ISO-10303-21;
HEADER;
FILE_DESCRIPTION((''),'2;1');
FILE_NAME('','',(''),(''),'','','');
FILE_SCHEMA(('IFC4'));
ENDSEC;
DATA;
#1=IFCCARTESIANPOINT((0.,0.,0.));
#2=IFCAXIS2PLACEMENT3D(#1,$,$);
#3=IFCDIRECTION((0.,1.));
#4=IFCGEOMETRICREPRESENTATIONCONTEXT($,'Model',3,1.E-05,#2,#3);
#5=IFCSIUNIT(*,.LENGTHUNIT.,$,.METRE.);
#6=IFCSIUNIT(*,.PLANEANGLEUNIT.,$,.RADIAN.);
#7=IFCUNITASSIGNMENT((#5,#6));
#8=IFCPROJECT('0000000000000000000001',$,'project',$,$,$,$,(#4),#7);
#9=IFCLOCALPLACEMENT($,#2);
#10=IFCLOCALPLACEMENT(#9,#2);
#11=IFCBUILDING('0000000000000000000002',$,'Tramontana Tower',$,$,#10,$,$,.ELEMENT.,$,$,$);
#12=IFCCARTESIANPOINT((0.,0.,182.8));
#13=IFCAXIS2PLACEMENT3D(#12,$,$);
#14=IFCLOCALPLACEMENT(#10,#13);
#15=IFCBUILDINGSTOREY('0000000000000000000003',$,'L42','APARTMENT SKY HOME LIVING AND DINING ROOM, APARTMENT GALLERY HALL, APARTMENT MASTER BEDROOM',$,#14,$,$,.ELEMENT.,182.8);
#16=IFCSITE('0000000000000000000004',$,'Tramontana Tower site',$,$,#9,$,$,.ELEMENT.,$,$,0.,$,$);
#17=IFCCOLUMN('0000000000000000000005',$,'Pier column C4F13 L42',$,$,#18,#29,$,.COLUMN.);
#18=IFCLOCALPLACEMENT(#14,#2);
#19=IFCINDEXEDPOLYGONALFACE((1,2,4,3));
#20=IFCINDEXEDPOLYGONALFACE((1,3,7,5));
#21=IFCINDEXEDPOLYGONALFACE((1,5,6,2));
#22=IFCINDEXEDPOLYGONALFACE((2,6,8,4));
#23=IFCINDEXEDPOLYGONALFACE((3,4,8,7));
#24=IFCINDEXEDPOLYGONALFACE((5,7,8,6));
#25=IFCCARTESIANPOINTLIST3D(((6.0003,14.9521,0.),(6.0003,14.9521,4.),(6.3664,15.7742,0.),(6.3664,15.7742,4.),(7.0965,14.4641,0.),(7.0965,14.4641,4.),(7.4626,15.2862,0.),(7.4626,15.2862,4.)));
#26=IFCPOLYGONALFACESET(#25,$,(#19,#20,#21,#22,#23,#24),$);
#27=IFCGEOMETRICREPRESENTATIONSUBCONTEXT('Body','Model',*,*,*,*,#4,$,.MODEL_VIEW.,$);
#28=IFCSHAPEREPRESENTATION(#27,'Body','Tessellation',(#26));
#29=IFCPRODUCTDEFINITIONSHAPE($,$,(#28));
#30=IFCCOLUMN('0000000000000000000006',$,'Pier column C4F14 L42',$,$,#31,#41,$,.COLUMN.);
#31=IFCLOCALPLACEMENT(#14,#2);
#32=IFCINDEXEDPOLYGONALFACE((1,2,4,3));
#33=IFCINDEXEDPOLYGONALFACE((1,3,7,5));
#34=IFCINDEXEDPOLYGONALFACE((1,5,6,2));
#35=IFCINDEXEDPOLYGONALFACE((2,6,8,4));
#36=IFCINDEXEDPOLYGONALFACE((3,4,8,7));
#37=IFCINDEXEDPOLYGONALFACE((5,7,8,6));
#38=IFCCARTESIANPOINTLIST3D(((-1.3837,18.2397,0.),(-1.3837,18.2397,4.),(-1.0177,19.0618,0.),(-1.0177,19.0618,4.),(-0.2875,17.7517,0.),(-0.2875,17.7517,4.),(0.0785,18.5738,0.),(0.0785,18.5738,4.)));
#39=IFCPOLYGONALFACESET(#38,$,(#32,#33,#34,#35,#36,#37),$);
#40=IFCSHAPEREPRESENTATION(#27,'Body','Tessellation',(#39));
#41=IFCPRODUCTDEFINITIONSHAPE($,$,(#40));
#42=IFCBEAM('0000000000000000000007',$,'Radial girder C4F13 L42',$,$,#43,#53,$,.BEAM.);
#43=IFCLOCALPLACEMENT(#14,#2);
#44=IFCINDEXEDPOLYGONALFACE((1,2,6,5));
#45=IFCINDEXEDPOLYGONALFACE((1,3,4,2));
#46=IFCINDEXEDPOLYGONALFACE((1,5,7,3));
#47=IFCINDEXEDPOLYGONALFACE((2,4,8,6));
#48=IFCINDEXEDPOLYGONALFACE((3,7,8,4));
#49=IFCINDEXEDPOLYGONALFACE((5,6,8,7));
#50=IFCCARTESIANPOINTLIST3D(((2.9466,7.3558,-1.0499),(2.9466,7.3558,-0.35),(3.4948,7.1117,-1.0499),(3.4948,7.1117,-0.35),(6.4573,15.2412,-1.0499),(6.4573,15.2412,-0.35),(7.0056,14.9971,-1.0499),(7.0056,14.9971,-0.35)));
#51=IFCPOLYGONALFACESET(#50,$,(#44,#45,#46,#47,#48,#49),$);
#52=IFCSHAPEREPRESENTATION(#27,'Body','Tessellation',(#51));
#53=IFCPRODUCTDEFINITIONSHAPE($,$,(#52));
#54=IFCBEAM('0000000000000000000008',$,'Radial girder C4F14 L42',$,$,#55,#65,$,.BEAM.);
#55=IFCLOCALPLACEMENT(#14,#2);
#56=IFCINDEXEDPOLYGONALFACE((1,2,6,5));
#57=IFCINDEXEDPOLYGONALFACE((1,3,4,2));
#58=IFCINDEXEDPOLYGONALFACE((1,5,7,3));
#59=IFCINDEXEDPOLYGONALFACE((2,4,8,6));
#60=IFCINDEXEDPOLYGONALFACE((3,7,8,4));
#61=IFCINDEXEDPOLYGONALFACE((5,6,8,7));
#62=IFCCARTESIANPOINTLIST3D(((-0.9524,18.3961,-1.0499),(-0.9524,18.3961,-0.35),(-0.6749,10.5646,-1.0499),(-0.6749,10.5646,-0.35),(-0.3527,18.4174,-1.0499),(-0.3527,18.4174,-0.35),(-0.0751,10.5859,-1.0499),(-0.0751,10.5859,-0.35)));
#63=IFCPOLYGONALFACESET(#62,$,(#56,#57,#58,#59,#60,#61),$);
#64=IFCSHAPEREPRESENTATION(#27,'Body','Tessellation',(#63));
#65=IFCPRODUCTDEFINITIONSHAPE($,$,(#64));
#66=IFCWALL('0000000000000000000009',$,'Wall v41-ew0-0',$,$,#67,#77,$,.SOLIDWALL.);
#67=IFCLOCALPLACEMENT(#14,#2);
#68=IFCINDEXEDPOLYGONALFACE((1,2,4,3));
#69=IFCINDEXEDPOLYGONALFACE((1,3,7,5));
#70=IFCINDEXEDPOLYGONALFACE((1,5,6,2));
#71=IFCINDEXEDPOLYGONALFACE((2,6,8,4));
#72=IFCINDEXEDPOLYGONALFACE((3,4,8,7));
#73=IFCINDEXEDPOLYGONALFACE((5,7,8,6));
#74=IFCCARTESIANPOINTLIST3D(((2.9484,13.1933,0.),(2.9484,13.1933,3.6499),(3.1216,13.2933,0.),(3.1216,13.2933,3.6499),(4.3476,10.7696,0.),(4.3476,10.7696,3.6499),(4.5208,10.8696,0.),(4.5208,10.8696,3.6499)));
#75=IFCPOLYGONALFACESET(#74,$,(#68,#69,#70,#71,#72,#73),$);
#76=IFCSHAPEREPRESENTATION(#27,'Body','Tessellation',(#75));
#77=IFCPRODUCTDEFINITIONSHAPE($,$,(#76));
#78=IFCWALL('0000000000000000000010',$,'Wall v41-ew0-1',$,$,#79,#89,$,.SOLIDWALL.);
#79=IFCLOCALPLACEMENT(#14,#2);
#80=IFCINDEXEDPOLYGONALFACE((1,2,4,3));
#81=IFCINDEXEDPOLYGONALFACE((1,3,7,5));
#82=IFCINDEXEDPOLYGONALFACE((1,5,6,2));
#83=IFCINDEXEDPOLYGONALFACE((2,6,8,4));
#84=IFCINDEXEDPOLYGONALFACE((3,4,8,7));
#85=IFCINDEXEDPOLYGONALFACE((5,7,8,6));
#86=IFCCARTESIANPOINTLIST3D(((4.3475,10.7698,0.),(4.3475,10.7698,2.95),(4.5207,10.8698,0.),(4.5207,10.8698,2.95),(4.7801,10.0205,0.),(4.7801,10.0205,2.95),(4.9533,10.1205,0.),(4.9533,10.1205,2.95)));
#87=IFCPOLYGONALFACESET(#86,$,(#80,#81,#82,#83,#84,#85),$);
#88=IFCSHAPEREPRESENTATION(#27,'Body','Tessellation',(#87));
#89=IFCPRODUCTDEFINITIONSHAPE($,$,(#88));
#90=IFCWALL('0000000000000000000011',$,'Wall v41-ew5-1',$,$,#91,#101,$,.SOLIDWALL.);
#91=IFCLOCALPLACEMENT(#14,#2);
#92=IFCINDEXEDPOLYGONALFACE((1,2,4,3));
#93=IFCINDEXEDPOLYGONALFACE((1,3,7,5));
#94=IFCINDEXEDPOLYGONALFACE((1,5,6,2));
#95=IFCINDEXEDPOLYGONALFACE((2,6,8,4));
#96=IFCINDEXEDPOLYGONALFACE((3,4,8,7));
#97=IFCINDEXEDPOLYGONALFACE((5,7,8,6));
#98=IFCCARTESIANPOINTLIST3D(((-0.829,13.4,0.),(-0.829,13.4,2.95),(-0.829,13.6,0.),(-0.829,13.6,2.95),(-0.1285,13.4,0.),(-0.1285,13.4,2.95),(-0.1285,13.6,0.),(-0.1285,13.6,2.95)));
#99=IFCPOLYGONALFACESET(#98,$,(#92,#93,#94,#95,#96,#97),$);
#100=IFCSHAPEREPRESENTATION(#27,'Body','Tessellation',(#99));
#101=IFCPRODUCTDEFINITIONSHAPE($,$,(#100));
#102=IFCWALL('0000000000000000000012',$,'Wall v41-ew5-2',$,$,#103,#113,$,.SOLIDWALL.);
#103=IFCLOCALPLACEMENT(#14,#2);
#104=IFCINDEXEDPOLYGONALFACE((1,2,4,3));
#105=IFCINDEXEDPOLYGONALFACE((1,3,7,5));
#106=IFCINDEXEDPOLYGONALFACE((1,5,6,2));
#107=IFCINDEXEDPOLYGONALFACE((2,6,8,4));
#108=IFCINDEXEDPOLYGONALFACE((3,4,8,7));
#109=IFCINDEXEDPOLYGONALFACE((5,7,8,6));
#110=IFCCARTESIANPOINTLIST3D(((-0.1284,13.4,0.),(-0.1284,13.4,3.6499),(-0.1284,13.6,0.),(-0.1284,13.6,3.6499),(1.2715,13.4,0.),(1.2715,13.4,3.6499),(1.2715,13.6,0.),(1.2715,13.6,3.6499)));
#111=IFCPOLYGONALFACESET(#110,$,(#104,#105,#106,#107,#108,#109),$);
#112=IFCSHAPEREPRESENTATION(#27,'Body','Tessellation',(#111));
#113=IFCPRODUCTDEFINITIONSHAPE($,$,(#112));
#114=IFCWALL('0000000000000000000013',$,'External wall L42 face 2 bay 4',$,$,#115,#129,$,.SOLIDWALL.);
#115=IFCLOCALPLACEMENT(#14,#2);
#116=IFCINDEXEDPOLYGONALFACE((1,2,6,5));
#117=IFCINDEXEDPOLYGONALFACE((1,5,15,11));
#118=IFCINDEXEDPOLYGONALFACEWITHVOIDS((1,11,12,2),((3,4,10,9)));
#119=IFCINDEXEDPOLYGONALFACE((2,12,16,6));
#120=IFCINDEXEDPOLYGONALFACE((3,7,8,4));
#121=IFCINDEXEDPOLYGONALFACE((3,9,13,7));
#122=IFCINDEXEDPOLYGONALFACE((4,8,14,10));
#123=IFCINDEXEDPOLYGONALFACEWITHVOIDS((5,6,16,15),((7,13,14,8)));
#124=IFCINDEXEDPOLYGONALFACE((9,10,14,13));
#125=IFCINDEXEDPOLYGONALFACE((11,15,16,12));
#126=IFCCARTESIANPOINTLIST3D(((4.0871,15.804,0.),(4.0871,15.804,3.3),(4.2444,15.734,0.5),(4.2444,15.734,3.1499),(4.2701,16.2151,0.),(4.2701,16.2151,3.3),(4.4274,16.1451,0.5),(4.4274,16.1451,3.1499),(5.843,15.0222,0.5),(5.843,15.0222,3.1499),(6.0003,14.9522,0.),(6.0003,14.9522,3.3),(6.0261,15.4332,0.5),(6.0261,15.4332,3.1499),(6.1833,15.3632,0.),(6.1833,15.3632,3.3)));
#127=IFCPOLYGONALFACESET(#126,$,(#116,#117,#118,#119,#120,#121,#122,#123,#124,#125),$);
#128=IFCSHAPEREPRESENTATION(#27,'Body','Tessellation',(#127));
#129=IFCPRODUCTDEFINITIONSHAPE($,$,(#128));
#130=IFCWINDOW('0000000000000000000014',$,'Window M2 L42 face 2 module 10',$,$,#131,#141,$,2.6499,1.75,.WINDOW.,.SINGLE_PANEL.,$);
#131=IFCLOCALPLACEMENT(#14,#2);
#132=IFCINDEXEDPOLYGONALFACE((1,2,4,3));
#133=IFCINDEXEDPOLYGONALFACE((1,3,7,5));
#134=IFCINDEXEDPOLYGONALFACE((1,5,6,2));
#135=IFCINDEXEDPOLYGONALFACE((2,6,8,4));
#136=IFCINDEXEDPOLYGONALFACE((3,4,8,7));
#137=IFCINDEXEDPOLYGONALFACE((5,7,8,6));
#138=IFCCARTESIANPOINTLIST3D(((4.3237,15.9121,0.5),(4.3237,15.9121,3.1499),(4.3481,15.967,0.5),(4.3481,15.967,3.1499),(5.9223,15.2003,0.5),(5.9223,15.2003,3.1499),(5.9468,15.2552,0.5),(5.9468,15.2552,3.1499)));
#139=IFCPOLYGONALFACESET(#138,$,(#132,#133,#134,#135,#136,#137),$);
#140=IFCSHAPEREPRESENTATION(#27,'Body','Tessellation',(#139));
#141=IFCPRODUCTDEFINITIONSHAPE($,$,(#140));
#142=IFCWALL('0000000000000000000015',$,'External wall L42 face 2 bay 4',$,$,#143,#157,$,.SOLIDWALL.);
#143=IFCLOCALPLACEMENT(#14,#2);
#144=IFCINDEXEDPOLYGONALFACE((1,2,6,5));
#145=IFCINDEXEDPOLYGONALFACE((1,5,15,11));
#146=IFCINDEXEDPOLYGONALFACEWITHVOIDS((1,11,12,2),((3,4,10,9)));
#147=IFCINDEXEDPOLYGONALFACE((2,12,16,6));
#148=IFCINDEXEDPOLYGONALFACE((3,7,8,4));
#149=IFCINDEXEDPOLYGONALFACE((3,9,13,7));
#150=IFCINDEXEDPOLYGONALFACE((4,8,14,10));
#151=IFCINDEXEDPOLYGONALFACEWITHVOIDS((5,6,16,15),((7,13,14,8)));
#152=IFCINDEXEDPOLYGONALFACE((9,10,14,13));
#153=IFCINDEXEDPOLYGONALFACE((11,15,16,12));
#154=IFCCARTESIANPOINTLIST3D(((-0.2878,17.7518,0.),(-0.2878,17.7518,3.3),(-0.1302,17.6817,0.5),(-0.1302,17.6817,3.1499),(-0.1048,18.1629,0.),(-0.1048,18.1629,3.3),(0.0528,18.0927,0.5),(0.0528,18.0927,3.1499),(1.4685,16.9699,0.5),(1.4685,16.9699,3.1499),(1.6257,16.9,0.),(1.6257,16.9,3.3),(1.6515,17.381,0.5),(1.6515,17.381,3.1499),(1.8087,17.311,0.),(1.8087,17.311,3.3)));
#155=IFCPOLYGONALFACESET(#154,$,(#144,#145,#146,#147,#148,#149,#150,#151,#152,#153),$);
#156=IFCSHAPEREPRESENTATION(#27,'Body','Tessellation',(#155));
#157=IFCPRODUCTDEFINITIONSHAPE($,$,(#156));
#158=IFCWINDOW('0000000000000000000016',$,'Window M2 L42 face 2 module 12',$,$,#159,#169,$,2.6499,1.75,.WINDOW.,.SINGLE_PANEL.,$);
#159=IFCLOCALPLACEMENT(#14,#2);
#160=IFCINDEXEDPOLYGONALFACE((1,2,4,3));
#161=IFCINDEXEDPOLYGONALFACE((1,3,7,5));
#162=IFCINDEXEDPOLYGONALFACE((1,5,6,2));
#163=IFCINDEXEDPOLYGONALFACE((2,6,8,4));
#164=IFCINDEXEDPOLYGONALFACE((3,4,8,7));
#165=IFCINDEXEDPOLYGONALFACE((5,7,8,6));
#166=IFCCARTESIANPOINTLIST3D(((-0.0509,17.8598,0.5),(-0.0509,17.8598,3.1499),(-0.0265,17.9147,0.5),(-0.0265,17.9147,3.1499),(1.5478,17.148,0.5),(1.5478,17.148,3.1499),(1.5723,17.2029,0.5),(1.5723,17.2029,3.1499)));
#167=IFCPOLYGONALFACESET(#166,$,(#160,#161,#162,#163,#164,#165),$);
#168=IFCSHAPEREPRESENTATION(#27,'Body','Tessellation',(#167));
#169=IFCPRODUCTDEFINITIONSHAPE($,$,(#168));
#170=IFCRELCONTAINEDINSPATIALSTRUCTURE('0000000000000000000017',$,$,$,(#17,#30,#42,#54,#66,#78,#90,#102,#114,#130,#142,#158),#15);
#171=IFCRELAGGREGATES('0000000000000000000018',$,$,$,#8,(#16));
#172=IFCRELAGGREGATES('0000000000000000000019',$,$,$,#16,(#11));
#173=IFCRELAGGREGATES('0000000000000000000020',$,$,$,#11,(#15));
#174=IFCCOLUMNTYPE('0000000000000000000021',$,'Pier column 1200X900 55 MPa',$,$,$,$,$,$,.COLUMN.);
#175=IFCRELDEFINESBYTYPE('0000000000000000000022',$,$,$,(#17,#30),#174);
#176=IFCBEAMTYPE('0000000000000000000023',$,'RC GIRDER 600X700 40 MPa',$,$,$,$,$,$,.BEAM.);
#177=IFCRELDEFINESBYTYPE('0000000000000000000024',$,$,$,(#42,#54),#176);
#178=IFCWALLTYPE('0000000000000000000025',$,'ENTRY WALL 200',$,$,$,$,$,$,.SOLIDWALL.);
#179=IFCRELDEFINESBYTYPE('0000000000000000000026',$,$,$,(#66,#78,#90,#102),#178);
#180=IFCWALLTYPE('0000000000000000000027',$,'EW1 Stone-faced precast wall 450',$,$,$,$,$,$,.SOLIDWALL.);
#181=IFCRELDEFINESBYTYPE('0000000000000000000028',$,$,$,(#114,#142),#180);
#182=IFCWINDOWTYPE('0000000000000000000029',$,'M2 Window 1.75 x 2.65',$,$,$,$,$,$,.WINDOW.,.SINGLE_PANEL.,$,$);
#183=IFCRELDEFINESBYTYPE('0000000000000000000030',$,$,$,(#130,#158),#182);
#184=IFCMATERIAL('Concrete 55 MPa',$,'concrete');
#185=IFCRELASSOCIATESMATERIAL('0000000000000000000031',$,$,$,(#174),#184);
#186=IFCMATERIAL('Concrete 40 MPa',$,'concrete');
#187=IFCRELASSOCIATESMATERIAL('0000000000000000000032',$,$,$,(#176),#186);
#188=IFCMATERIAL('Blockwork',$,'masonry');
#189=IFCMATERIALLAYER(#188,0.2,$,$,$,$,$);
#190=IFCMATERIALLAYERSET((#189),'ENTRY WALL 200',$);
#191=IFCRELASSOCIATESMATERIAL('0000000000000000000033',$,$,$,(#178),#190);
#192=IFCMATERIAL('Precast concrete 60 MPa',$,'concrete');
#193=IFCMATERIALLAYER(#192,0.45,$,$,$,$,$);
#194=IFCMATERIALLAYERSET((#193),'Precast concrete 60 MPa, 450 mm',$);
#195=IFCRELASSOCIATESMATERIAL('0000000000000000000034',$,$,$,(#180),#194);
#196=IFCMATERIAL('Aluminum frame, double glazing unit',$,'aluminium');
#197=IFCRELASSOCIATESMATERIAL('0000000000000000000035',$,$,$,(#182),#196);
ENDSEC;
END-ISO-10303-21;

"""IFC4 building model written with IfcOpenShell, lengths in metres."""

from ifc_helpers import new_model, si_unit, direction, frame, frame_2d, origin, origin_2d, place, context, subcontext, project, spatial, rectangle, extrude, material, layer, layer_set, material_profile, profile_set, type_object, element, fill, save


model = new_model("IFC4")

# Units and contexts
model_context = context("Model", 3, precision=1e-05, world=origin(), true_north=direction((0.0, 1.0)))
body_context = subcontext(model_context, "Body", "Model", "MODEL_VIEW")
ifc_project = project(units=[si_unit("LENGTHUNIT", "METRE"), si_unit("PLANEANGLEUNIT", "RADIAN")], contexts=[model_context])

# Site, building, storey
site_placement = place(None, origin())
site = spatial("IfcSite", under=ifc_project, at=site_placement, Name="Tramontana Tower site", CompositionType="ELEMENT", RefElevation=0.0)
building_placement = place(site_placement, origin())
building = spatial("IfcBuilding", under=site, at=building_placement, Name="Tramontana Tower", CompositionType="ELEMENT")
storey_placement = place(building_placement, frame((0.0, 0.0, 182.8)))
storey = spatial("IfcBuildingStorey", under=building, at=storey_placement, Name="L42", Description="APARTMENT SKY HOME LIVING AND DINING ROOM, APARTMENT GALLERY HALL, APARTMENT MASTER BEDROOM", CompositionType="ELEMENT", Elevation=182.8)

# Columns
ifc_material_1 = material(Name="Concrete 55 MPa", Category="concrete")
ifc_material_profile_1 = material_profile(ifc_material_1, rectangle(XDim=1.2, YDim=0.8999, at=origin_2d()), Name="Pier column 1200X900 55 MPa")
ifc_profile_set_1 = profile_set([ifc_material_profile_1], Name="Concrete 55 MPa")
column_type = type_object("IfcColumnType", Name="Pier column 1200X900 55 MPa", PredefinedType="COLUMN", material=ifc_profile_set_1)
for number, where, z_axis, x_axis, name in (
    (1, (6.7314, 15.1191, 0.0), (0.0, 0.0, 1.0), (-0.913545, 0.406737, 0.0), "Pier column C4F13 L42"),
    (2, (-0.6526, 18.4067, 0.0), (0.0, 0.0, 1.0), (-0.913545, 0.406737, 0.0), "Pier column C4F14 L42"),
):
    element("IfcColumn", number, at=place(storey_placement, frame(where, z_axis=z_axis, x_axis=x_axis)), inside=storey, type_object=column_type, Name=name, PredefinedType="COLUMN", context=body_context, shape_type="SweptSolid", body=[
        extrude(rectangle(XDim=1.2, YDim=0.8999, at=origin_2d()), origin(), (0.0, 0.0, 1.0), 4.0),
    ])

# Beams
ifc_material_2 = material(Name="Concrete 40 MPa", Category="concrete")
ifc_material_profile_2 = material_profile(ifc_material_2, rectangle(XDim=0.6001, YDim=0.7, at=origin_2d()), Name="RC GIRDER 600X700 40 MPa")
ifc_profile_set_2 = profile_set([ifc_material_profile_2], Name="Concrete 40 MPa")
beam_type = type_object("IfcBeamType", Name="RC GIRDER 600X700 40 MPa", PredefinedType="BEAM", material=ifc_profile_set_2)
beam_1_placement = place(storey_placement, frame((6.7314, 15.1191, -0.7), z_axis=(-0.406737, -0.913545, 0.0), x_axis=(0.913545, -0.406737, 0.0)))
element("IfcBeam", 3, at=beam_1_placement, inside=storey, type_object=beam_type, Name="Radial girder C4F13 L42", PredefinedType="BEAM", context=body_context, shape_type="SweptSolid", body=[
    extrude(rectangle(XDim=0.6001, YDim=0.7, at=origin_2d()), origin(), (0.0, 0.0, 1.0), 8.6316),
])
beam_2_placement = place(storey_placement, frame((-0.6526, 18.4067, -0.7), z_axis=(0.035423, -0.999372, 0.0), x_axis=(0.999372, 0.035423, 0.0)))
element("IfcBeam", 4, at=beam_2_placement, inside=storey, type_object=beam_type, Name="Radial girder C4F14 L42", PredefinedType="BEAM", context=body_context, shape_type="SweptSolid", body=[
    extrude(rectangle(XDim=0.6001, YDim=0.7, at=origin_2d()), origin(), (0.0, 0.0, 1.0), 7.8364),
])

# Walls
ifc_material_3 = material(Name="Blockwork", Category="masonry")
ifc_layer_1 = layer(ifc_material_3, 0.2)
ifc_layer_set_1 = layer_set([ifc_layer_1], Name="ENTRY WALL 200")
wall_type_1 = type_object("IfcWallType", Name="ENTRY WALL 200", PredefinedType="SOLIDWALL", material=ifc_layer_set_1)
wall_1_placement = place(storey_placement, frame((3.0349, 13.2434, 0.0), z_axis=(0.0, 0.0, 1.0), x_axis=(0.499977, -0.866039, 0.0)))
element("IfcWall", 5, at=wall_1_placement, inside=storey, type_object=wall_type_1, Name="Wall v41-ew0-0", PredefinedType="SOLIDWALL", context=body_context, shape_type="SweptSolid", body=[
    extrude(rectangle(XDim=2.7986, YDim=0.2, at=frame_2d((1.3994, 0.0))), origin(), (0.0, 0.0, 1.0), 3.6499),
])
wall_2_placement = place(storey_placement, frame((4.4341, 10.8198, 0.0), z_axis=(0.0, 0.0, 1.0), x_axis=(0.500024, -0.866012, 0.0)))
element("IfcWall", 6, at=wall_2_placement, inside=storey, type_object=wall_type_1, Name="Wall v41-ew0-1", PredefinedType="SOLIDWALL", context=body_context, shape_type="SweptSolid", body=[
    extrude(rectangle(XDim=0.8652, YDim=0.2, at=frame_2d((0.4326, 0.0))), origin(), (0.0, 0.0, 1.0), 2.95),
])
wall_3_placement = place(storey_placement, frame((-0.8289, 13.5, 0.0), z_axis=(0.0, 0.0, 1.0), x_axis=(1.0, 0.0, 0.0)))
element("IfcWall", 7, at=wall_3_placement, inside=storey, type_object=wall_type_1, Name="Wall v41-ew5-1", PredefinedType="SOLIDWALL", context=body_context, shape_type="SweptSolid", body=[
    extrude(rectangle(XDim=0.7004, YDim=0.2, at=frame_2d((0.3501, 0.0))), origin(), (0.0, 0.0, 1.0), 2.95),
])
wall_4_placement = place(storey_placement, frame((-0.1284, 13.5, 0.0), z_axis=(0.0, 0.0, 1.0), x_axis=(1.0, 0.0, 0.0)))
element("IfcWall", 8, at=wall_4_placement, inside=storey, type_object=wall_type_1, Name="Wall v41-ew5-2", PredefinedType="SOLIDWALL", context=body_context, shape_type="SweptSolid", body=[
    extrude(rectangle(XDim=1.3999, YDim=0.2, at=frame_2d((0.7, 0.0))), origin(), (0.0, 0.0, 1.0), 3.6499),
])

# Walls, openings, windows
ifc_material_4 = material(Name="Precast concrete 60 MPa", Category="concrete")
ifc_layer_2 = layer(ifc_material_4, 0.45)
ifc_layer_set_2 = layer_set([ifc_layer_2], Name="Precast concrete 60 MPa, 450 mm")
wall_type_2 = type_object("IfcWallType", Name="EW1 Stone-faced precast wall 450", PredefinedType="SOLIDWALL", material=ifc_layer_set_2)
wall_5_placement = place(storey_placement, frame((6.0918, 15.1577, 0.0), z_axis=(0.0, 0.0, 1.0), x_axis=(-0.913537, 0.406755, 0.0)))
wall_5 = element("IfcWall", 9, at=wall_5_placement, inside=storey, type_object=wall_type_2, Name="External wall L42 face 2 bay 4", PredefinedType="SOLIDWALL", context=body_context, shape_type="SweptSolid", body=[
    extrude(rectangle(XDim=2.0942, YDim=0.45, at=frame_2d((1.0471, 0.0))), origin(), (0.0, 0.0, 1.0), 3.3),
])
opening_1_placement = place(wall_5_placement, frame((0.1721, 0.0, 0.5)))
opening_1 = element("IfcOpeningElement", 10, at=opening_1_placement, cuts=wall_5, PredefinedType="OPENING", context=body_context, shape_type="SweptSolid", body=[
    extrude(rectangle(XDim=1.75, YDim=2.6499, at=frame_2d((0.875, 1.325))), frame((0.0, 0.2349, 0.0), z_axis=(0.0, -1.0, 0.0), x_axis=(1.0, 0.0, 0.0)), (0.0, 0.0, 1.0), 0.47),
])
ifc_material_5 = material(Name="Aluminum frame, double glazing unit", Category="aluminium")
window_type = type_object("IfcWindowType", Name="M2 Window 1.75 x 2.65", PartitioningType="SINGLE_PANEL", PredefinedType="WINDOW", material=ifc_material_5)
window_1_placement = place(opening_1_placement, origin())
window_1 = element("IfcWindow", 11, at=window_1_placement, inside=storey, type_object=window_type, Name="Window M2 L42 face 2 module 10", OverallHeight=2.6499, OverallWidth=1.75, PartitioningType="SINGLE_PANEL", PredefinedType="WINDOW", context=body_context, shape_type="SweptSolid", body=[
    extrude(rectangle(XDim=1.75, YDim=2.6499, at=frame_2d((0.875, 1.325))), frame((0.0, 0.03, 0.0), z_axis=(0.0, -1.0, 0.0), x_axis=(1.0, 0.0, 0.0)), (0.0, 0.0, 1.0), 0.0601),
])
fill(opening_1, window_1)
wall_6_placement = place(storey_placement, frame((1.7173, 17.1055, 0.0), z_axis=(0.0, 0.0, 1.0), x_axis=(-0.913557, 0.406712, 0.0)))
wall_6 = element("IfcWall", 12, at=wall_6_placement, inside=storey, type_object=wall_type_2, Name="External wall L42 face 2 bay 4", PredefinedType="SOLIDWALL", context=body_context, shape_type="SweptSolid", body=[
    extrude(rectangle(XDim=2.0945, YDim=0.45, at=frame_2d((1.0474, 0.0))), origin(), (0.0, 0.0, 1.0), 3.3),
])
opening_2_placement = place(wall_6_placement, frame((0.1721, 0.0, 0.5)))
opening_2 = element("IfcOpeningElement", 13, at=opening_2_placement, cuts=wall_6, PredefinedType="OPENING", context=body_context, shape_type="SweptSolid", body=[
    extrude(rectangle(XDim=1.75, YDim=2.6499, at=frame_2d((0.875, 1.325))), frame((0.0, 0.2349, 0.0), z_axis=(0.0, -1.0, 0.0), x_axis=(1.0, 0.0, 0.0)), (0.0, 0.0, 1.0), 0.47),
])
window_2_placement = place(opening_2_placement, origin())
window_2 = element("IfcWindow", 14, at=window_2_placement, inside=storey, type_object=window_type, Name="Window M2 L42 face 2 module 12", OverallHeight=2.6499, OverallWidth=1.75, PartitioningType="SINGLE_PANEL", PredefinedType="WINDOW", context=body_context, shape_type="SweptSolid", body=[
    extrude(rectangle(XDim=1.75, YDim=2.6499, at=frame_2d((0.875, 1.325))), frame((0.0, 0.03, 0.0), z_axis=(0.0, -1.0, 0.0), x_axis=(1.0, 0.0, 0.0)), (0.0, 0.0, 1.0), 0.0601),
])
fill(opening_2, window_2)

save(model, "model.ifc")
